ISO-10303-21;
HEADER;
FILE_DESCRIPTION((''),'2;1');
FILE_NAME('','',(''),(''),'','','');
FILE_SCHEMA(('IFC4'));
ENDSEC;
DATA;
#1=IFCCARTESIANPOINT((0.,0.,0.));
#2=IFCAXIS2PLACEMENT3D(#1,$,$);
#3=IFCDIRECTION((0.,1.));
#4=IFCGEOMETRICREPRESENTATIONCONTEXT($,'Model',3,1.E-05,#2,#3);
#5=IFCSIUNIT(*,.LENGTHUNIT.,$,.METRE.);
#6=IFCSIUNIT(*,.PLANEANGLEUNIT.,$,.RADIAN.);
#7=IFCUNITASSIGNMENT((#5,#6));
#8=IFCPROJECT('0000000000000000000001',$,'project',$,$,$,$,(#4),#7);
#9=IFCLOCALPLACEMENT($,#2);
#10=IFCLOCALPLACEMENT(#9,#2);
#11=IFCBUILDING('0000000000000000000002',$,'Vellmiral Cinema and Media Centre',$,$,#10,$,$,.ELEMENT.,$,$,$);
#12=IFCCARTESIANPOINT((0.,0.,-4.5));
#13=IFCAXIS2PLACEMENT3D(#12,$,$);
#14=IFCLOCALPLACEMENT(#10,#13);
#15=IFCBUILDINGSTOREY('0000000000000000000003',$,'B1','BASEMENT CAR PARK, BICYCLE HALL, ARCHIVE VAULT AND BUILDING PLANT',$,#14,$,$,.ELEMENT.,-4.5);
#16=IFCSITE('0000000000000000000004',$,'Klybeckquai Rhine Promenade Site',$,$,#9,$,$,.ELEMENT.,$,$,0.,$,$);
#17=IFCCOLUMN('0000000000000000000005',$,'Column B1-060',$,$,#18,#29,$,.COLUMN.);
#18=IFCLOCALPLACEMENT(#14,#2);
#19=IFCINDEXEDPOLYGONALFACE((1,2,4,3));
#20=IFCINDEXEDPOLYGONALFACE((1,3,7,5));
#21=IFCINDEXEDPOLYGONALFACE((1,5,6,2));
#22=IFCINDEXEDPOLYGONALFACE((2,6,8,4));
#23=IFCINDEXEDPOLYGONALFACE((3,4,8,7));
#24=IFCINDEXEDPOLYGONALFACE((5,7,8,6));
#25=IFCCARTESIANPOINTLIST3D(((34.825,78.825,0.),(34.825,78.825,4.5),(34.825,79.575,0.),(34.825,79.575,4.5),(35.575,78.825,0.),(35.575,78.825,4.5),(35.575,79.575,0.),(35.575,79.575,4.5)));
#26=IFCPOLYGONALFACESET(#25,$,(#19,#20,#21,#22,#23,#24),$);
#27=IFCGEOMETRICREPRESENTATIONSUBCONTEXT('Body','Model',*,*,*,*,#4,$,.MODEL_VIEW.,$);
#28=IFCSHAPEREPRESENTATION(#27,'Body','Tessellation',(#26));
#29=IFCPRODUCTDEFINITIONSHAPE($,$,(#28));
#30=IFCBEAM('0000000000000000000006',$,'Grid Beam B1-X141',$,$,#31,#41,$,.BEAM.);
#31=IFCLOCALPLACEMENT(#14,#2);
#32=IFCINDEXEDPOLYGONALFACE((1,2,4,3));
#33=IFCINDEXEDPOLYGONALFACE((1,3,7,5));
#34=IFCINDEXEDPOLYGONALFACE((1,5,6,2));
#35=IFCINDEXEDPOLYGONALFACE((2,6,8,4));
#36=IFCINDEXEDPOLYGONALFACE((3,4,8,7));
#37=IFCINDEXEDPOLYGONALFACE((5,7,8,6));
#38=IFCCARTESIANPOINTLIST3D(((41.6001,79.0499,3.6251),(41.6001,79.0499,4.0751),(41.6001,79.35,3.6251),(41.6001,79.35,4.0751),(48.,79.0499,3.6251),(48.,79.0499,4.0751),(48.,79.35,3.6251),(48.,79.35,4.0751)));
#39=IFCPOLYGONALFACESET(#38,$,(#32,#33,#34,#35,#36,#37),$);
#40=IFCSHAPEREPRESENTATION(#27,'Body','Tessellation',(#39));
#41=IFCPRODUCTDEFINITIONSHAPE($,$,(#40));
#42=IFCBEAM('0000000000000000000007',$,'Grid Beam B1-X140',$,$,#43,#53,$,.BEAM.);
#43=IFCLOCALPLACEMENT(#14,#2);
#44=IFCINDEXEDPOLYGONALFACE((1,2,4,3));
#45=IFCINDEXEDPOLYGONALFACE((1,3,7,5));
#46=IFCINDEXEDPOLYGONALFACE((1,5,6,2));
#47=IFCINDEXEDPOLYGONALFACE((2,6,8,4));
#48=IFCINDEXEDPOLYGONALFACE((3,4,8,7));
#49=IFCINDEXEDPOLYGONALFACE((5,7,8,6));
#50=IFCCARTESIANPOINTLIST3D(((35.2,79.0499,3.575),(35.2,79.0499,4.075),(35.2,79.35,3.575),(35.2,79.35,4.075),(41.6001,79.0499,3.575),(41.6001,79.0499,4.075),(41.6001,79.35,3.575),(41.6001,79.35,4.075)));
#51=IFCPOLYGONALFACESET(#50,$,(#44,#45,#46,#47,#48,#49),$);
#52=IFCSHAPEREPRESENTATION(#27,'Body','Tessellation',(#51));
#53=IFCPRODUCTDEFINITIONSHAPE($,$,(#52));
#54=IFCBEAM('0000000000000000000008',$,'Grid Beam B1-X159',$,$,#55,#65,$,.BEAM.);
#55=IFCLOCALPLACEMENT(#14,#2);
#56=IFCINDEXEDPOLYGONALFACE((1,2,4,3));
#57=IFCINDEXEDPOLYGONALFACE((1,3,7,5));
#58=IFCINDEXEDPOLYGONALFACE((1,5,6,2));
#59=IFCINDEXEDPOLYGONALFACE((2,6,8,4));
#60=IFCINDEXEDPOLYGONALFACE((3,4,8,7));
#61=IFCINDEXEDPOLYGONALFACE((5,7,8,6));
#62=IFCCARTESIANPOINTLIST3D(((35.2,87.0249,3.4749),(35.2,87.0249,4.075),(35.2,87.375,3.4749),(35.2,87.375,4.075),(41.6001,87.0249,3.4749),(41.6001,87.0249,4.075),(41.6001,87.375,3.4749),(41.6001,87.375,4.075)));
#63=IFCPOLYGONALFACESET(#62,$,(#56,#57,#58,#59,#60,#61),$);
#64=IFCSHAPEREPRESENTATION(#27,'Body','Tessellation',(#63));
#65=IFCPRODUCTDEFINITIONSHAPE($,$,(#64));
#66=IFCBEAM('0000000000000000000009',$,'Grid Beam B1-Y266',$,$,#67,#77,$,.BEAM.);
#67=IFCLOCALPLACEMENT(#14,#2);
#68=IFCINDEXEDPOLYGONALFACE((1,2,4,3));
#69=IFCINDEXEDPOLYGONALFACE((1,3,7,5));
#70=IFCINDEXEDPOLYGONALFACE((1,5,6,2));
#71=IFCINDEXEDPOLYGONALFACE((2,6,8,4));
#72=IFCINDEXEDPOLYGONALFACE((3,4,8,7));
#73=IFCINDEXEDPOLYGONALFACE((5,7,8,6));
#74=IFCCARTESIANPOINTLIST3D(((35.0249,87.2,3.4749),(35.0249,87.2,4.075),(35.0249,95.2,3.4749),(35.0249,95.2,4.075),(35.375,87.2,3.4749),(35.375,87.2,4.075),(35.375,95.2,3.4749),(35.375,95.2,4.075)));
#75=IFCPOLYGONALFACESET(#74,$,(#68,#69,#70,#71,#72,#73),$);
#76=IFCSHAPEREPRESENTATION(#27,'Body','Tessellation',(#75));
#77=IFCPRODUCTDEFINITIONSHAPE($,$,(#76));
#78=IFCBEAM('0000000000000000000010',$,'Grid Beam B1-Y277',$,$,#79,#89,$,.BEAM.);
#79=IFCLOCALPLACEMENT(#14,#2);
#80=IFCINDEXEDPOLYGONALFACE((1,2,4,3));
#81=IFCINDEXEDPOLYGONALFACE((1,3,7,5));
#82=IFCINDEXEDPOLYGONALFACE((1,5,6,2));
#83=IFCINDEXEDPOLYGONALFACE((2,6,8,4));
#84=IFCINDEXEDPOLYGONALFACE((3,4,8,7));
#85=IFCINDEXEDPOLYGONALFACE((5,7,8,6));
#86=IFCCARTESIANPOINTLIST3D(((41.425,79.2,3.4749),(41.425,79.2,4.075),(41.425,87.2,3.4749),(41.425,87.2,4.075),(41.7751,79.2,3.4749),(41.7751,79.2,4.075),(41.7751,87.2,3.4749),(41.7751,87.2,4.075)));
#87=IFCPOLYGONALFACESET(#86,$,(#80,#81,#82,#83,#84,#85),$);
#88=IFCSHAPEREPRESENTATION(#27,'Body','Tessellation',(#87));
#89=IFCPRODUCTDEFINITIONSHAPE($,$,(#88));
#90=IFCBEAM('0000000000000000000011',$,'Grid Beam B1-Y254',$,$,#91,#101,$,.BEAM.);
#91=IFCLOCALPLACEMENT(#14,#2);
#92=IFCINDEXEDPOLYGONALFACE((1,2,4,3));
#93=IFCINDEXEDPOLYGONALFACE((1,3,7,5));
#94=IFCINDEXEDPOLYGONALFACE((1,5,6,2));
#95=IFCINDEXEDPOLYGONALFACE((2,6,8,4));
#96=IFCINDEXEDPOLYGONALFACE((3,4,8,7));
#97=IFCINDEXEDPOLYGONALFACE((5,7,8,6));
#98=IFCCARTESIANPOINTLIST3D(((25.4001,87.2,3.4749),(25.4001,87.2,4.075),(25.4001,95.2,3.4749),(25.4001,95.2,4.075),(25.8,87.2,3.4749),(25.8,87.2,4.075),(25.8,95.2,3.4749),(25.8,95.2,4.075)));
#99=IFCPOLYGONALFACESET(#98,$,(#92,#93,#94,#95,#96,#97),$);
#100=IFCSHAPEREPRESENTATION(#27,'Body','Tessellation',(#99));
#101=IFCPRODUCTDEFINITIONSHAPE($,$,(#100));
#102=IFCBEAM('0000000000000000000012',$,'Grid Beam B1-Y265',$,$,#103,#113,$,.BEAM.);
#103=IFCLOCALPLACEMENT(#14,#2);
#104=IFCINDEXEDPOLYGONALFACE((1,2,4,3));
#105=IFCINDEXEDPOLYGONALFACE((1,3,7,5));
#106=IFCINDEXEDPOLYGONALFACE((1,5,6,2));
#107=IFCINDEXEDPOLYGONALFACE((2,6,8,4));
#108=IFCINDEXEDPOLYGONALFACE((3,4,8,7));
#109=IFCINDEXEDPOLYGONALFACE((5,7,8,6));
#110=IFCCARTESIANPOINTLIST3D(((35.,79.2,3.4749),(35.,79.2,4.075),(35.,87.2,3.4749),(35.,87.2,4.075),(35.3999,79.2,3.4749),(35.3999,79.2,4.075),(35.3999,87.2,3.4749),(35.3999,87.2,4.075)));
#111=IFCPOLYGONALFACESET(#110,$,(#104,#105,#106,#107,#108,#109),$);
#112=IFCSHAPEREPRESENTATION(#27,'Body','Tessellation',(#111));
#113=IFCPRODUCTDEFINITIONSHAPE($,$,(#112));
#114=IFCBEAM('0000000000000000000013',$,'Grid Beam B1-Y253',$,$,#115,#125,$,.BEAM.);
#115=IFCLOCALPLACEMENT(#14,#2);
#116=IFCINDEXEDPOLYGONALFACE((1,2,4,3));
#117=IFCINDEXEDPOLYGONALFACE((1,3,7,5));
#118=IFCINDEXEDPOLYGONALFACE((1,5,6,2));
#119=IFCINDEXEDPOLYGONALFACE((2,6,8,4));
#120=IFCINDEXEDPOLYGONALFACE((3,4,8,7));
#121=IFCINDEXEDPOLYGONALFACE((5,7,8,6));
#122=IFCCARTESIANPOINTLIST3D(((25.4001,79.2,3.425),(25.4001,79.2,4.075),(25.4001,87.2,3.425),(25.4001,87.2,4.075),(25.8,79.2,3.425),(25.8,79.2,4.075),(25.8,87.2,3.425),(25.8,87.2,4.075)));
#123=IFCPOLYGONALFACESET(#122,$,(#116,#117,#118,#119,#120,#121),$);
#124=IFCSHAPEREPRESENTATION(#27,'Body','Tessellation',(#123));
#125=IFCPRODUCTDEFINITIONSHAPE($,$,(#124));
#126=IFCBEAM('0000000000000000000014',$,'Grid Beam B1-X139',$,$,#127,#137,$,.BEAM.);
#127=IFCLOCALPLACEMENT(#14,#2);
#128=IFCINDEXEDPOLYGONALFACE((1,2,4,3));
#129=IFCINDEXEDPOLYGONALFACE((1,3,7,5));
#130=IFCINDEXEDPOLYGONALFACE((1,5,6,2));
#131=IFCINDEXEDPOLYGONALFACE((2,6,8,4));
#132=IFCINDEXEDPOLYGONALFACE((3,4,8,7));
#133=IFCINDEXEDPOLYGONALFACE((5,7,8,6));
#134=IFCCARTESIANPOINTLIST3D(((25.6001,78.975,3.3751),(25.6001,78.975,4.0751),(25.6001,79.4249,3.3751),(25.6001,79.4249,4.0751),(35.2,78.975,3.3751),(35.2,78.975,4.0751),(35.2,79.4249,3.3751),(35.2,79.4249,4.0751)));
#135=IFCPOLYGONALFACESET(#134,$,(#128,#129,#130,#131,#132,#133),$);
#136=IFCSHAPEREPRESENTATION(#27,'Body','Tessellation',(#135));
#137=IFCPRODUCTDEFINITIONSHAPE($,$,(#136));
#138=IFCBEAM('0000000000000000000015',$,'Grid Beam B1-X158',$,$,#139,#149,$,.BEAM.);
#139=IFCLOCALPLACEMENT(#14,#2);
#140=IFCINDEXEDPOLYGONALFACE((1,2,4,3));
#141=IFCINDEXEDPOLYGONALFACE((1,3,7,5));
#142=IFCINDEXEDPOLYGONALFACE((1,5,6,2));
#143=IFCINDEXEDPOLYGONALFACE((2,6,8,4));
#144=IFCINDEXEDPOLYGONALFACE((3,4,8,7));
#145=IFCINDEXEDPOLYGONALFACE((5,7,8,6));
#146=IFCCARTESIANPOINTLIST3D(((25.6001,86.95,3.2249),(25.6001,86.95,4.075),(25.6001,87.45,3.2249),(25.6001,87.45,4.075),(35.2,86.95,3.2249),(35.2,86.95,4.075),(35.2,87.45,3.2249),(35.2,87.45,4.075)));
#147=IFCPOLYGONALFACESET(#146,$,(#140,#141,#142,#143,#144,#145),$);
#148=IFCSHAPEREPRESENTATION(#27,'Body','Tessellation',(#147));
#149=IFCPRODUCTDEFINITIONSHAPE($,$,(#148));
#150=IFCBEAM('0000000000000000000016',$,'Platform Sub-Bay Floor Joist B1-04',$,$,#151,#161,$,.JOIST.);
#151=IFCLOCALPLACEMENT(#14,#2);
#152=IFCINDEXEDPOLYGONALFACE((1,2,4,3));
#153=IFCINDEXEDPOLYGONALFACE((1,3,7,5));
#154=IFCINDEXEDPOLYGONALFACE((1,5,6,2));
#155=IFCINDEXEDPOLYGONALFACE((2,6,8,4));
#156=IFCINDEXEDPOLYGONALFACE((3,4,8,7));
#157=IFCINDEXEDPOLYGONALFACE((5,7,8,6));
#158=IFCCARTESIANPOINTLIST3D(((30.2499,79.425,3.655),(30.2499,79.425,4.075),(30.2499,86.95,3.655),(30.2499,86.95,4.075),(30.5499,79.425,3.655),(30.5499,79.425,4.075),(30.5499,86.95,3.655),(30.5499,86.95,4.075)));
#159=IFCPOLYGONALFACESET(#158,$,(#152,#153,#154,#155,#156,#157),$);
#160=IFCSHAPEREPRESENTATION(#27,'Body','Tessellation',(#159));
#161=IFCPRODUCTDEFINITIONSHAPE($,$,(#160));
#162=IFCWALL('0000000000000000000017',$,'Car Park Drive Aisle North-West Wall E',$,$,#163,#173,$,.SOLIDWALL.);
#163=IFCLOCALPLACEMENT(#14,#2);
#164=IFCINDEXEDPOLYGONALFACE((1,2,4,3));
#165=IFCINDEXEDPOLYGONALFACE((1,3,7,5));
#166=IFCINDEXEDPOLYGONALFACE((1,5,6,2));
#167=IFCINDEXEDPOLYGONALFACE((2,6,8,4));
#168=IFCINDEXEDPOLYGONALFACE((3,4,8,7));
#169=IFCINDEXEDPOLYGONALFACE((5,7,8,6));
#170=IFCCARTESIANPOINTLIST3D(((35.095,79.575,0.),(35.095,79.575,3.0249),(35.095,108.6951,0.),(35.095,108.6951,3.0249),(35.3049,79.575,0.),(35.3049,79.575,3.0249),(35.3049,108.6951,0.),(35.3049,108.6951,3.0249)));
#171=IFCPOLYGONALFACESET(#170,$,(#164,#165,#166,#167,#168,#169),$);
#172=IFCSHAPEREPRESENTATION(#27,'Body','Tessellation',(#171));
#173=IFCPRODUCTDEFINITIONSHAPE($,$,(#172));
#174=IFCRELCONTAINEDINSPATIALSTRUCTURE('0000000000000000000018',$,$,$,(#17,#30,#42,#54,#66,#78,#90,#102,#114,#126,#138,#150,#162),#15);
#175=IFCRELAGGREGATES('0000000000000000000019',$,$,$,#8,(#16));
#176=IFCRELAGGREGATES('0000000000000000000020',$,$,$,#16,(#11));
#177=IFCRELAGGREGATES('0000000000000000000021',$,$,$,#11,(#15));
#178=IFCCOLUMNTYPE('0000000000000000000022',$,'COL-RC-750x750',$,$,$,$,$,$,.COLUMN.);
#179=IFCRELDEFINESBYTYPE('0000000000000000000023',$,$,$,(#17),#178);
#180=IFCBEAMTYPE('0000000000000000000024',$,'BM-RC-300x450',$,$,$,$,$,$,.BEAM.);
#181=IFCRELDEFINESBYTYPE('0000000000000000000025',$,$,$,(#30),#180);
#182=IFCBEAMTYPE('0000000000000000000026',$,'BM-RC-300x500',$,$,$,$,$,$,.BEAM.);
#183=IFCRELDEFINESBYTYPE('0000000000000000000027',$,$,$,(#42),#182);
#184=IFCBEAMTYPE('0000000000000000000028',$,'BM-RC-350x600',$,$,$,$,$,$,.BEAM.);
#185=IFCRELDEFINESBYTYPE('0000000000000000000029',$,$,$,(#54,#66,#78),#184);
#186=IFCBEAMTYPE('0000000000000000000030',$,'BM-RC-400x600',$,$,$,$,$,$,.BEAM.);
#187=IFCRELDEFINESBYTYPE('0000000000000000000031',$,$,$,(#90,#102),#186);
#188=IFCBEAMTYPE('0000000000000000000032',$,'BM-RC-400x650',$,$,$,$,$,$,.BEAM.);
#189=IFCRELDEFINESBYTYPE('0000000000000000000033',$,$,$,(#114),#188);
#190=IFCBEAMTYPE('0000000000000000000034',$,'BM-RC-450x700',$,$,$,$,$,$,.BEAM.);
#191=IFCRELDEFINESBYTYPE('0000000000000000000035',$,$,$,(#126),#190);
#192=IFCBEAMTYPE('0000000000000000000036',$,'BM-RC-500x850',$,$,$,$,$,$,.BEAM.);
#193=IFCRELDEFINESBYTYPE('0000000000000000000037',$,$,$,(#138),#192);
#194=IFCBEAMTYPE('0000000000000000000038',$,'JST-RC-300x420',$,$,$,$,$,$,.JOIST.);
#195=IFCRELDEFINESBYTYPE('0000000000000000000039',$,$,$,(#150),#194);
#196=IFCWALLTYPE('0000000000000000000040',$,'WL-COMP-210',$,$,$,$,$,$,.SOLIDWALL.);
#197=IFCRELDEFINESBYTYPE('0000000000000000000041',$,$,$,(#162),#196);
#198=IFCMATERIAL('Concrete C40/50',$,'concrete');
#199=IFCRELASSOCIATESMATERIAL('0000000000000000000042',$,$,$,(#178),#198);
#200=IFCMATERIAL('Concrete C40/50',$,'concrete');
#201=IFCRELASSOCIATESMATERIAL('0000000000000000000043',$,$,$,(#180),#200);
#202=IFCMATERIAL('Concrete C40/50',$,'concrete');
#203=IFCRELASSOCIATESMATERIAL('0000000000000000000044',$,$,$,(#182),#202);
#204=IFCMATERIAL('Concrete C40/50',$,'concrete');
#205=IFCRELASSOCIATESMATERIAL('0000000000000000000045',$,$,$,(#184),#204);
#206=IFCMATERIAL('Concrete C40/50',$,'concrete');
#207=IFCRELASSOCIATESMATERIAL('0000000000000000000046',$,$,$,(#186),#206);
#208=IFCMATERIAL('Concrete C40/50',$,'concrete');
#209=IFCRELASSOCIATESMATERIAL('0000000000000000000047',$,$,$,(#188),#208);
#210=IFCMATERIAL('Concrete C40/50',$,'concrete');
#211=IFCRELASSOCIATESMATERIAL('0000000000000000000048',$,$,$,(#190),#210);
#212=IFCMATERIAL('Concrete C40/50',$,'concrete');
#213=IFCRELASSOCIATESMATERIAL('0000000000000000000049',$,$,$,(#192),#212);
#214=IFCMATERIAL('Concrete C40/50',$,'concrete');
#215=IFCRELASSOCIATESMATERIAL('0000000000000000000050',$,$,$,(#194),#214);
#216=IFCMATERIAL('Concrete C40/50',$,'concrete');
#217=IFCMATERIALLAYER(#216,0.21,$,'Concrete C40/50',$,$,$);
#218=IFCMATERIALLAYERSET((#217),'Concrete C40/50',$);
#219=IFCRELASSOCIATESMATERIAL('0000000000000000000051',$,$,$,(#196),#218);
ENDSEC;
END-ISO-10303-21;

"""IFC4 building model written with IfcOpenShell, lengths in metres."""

from ifc_helpers import new_model, si_unit, direction, frame, frame_2d, origin, origin_2d, place, context, subcontext, project, spatial, rectangle, extrude, material, layer, layer_set, material_profile, profile_set, type_object, element, save


model = new_model("IFC4")

# Units and contexts
model_context = context("Model", 3, precision=1e-05, world=origin(), true_north=direction((0.0, 1.0)))
body_context = subcontext(model_context, "Body", "Model", "MODEL_VIEW")
ifc_project = project(units=[si_unit("LENGTHUNIT", "METRE"), si_unit("PLANEANGLEUNIT", "RADIAN")], contexts=[model_context])

# Site, building, storey
site_placement = place(None, origin())
site = spatial("IfcSite", under=ifc_project, at=site_placement, Name="Klybeckquai Rhine Promenade Site", CompositionType="ELEMENT", RefElevation=0.0)
building_placement = place(site_placement, origin())
building = spatial("IfcBuilding", under=site, at=building_placement, Name="Vellmiral Cinema and Media Centre", CompositionType="ELEMENT")
storey_placement = place(building_placement, frame((0.0, 0.0, -4.5)))
storey = spatial("IfcBuildingStorey", under=building, at=storey_placement, Name="B1", Description="BASEMENT CAR PARK, BICYCLE HALL, ARCHIVE VAULT AND BUILDING PLANT", CompositionType="ELEMENT", Elevation=-4.5)

# Column
ifc_material_1 = material(Name="Concrete C40/50", Category="concrete")
ifc_material_profile_1 = material_profile(ifc_material_1, rectangle(XDim=0.75, YDim=0.75, at=origin_2d()), Name="RC 750x750")
ifc_profile_set_1 = profile_set([ifc_material_profile_1], Name="Concrete C40/50")
column_type_1 = type_object("IfcColumnType", Name="COL-RC-750x750", PredefinedType="COLUMN", material=ifc_profile_set_1)
column_placement = place(storey_placement, frame((35.2, 79.2, 0.0), z_axis=(0.0, 0.0, 1.0), x_axis=(1.0, 0.0, 0.0)))
element("IfcColumn", 1, at=column_placement, inside=storey, type_object=column_type_1, Name="Column B1-060", PredefinedType="COLUMN", context=body_context, shape_type="SweptSolid", body=[
    extrude(rectangle(XDim=0.75, YDim=0.75, at=origin_2d()), origin(), (0.0, 0.0, 1.0), 4.5),
])

# Beams
ifc_material_2 = material(Name="Concrete C40/50", Category="concrete")
ifc_material_profile_2 = material_profile(ifc_material_2, rectangle(XDim=0.3, YDim=0.45, at=origin_2d()), Name="RC 300x450")
ifc_profile_set_2 = profile_set([ifc_material_profile_2], Name="Concrete C40/50")
beam_type_1 = type_object("IfcBeamType", Name="BM-RC-300x450", PredefinedType="BEAM", material=ifc_profile_set_2)
beam_1_placement = place(storey_placement, frame((41.6001, 79.2, 3.8501), z_axis=(1.0, 0.0, 0.0), x_axis=(0.0, 1.0, 0.0)))
element("IfcBeam", 2, at=beam_1_placement, inside=storey, type_object=beam_type_1, Name="Grid Beam B1-X141", PredefinedType="BEAM", context=body_context, shape_type="SweptSolid", body=[
    extrude(rectangle(XDim=0.3, YDim=0.45, at=origin_2d()), origin(), (0.0, 0.0, 1.0), 6.3999),
])
ifc_material_3 = material(Name="Concrete C40/50", Category="concrete")
ifc_material_profile_3 = material_profile(ifc_material_3, rectangle(XDim=0.3, YDim=0.5, at=origin_2d()), Name="RC 300x500")
ifc_profile_set_3 = profile_set([ifc_material_profile_3], Name="Concrete C40/50")
beam_type_2 = type_object("IfcBeamType", Name="BM-RC-300x500", PredefinedType="BEAM", material=ifc_profile_set_3)
beam_2_placement = place(storey_placement, frame((35.2, 79.2, 3.825), z_axis=(1.0, 0.0, 0.0), x_axis=(0.0, 1.0, 0.0)))
element("IfcBeam", 3, at=beam_2_placement, inside=storey, type_object=beam_type_2, Name="Grid Beam B1-X140", PredefinedType="BEAM", context=body_context, shape_type="SweptSolid", body=[
    extrude(rectangle(XDim=0.3, YDim=0.5, at=origin_2d()), origin(), (0.0, 0.0, 1.0), 6.4001),
])
ifc_material_4 = material(Name="Concrete C40/50", Category="concrete")
ifc_material_profile_4 = material_profile(ifc_material_4, rectangle(XDim=0.3501, YDim=0.6001, at=origin_2d()), Name="RC 350x600")
ifc_profile_set_4 = profile_set([ifc_material_profile_4], Name="Concrete C40/50")
beam_type_3 = type_object("IfcBeamType", Name="BM-RC-350x600", PredefinedType="BEAM", material=ifc_profile_set_4)
beam_3_placement = place(storey_placement, frame((35.2, 87.2, 3.7749), z_axis=(1.0, 0.0, 0.0), x_axis=(0.0, 1.0, 0.0)))
element("IfcBeam", 4, at=beam_3_placement, inside=storey, type_object=beam_type_3, Name="Grid Beam B1-X159", PredefinedType="BEAM", context=body_context, shape_type="SweptSolid", body=[
    extrude(rectangle(XDim=0.3501, YDim=0.6001, at=origin_2d()), origin(), (0.0, 0.0, 1.0), 6.4001),
])
for number, where, z_axis, x_axis, name in (
    (5, (35.2, 87.2, 3.7749), (0.0, 1.0, 0.0), (-1.0, 0.0, 0.0), "Grid Beam B1-Y266"),
    (6, (41.6001, 79.2, 3.7749), (0.0, 1.0, 0.0), (-1.0, 0.0, 0.0), "Grid Beam B1-Y277"),
):
    element("IfcBeam", number, at=place(storey_placement, frame(where, z_axis=z_axis, x_axis=x_axis)), inside=storey, type_object=beam_type_3, Name=name, PredefinedType="BEAM", context=body_context, shape_type="SweptSolid", body=[
        extrude(rectangle(XDim=0.3501, YDim=0.6001, at=origin_2d()), origin(), (0.0, 0.0, 1.0), 8.0),
    ])
ifc_material_5 = material(Name="Concrete C40/50", Category="concrete")
ifc_material_profile_5 = material_profile(ifc_material_5, rectangle(XDim=0.3999, YDim=0.6001, at=origin_2d()), Name="RC 400x600")
ifc_profile_set_5 = profile_set([ifc_material_profile_5], Name="Concrete C40/50")
beam_type_4 = type_object("IfcBeamType", Name="BM-RC-400x600", PredefinedType="BEAM", material=ifc_profile_set_5)
for number, where, z_axis, x_axis, name in (
    (7, (25.6001, 87.2, 3.7749), (0.0, 1.0, 0.0), (-1.0, 0.0, 0.0), "Grid Beam B1-Y254"),
    (8, (35.2, 79.2, 3.7749), (0.0, 1.0, 0.0), (-1.0, 0.0, 0.0), "Grid Beam B1-Y265"),
):
    element("IfcBeam", number, at=place(storey_placement, frame(where, z_axis=z_axis, x_axis=x_axis)), inside=storey, type_object=beam_type_4, Name=name, PredefinedType="BEAM", context=body_context, shape_type="SweptSolid", body=[
        extrude(rectangle(XDim=0.3999, YDim=0.6001, at=origin_2d()), origin(), (0.0, 0.0, 1.0), 8.0),
    ])
ifc_material_6 = material(Name="Concrete C40/50", Category="concrete")
ifc_material_profile_6 = material_profile(ifc_material_6, rectangle(XDim=0.3999, YDim=0.6499, at=origin_2d()), Name="RC 400x650")
ifc_profile_set_6 = profile_set([ifc_material_profile_6], Name="Concrete C40/50")
beam_type_5 = type_object("IfcBeamType", Name="BM-RC-400x650", PredefinedType="BEAM", material=ifc_profile_set_6)
beam_4_placement = place(storey_placement, frame((25.6001, 79.2, 3.75), z_axis=(0.0, 1.0, 0.0), x_axis=(-1.0, 0.0, 0.0)))
element("IfcBeam", 9, at=beam_4_placement, inside=storey, type_object=beam_type_5, Name="Grid Beam B1-Y253", PredefinedType="BEAM", context=body_context, shape_type="SweptSolid", body=[
    extrude(rectangle(XDim=0.3999, YDim=0.6499, at=origin_2d()), origin(), (0.0, 0.0, 1.0), 8.0),
])
ifc_material_7 = material(Name="Concrete C40/50", Category="concrete")
ifc_material_profile_7 = material_profile(ifc_material_7, rectangle(XDim=0.45, YDim=0.7, at=origin_2d()), Name="RC 450x700")
ifc_profile_set_7 = profile_set([ifc_material_profile_7], Name="Concrete C40/50")
beam_type_6 = type_object("IfcBeamType", Name="BM-RC-450x700", PredefinedType="BEAM", material=ifc_profile_set_7)
beam_5_placement = place(storey_placement, frame((25.6001, 79.2, 3.7251), z_axis=(1.0, 0.0, 0.0), x_axis=(0.0, 1.0, 0.0)))
element("IfcBeam", 10, at=beam_5_placement, inside=storey, type_object=beam_type_6, Name="Grid Beam B1-X139", PredefinedType="BEAM", context=body_context, shape_type="SweptSolid", body=[
    extrude(rectangle(XDim=0.45, YDim=0.7, at=origin_2d()), origin(), (0.0, 0.0, 1.0), 9.5999),
])
ifc_material_8 = material(Name="Concrete C40/50", Category="concrete")
ifc_material_profile_8 = material_profile(ifc_material_8, rectangle(XDim=0.5, YDim=0.8501, at=origin_2d()), Name="RC 500x850")
ifc_profile_set_8 = profile_set([ifc_material_profile_8], Name="Concrete C40/50")
beam_type_7 = type_object("IfcBeamType", Name="BM-RC-500x850", PredefinedType="BEAM", material=ifc_profile_set_8)
beam_6_placement = place(storey_placement, frame((25.6001, 87.2, 3.6499), z_axis=(1.0, 0.0, 0.0), x_axis=(0.0, 1.0, 0.0)))
element("IfcBeam", 11, at=beam_6_placement, inside=storey, type_object=beam_type_7, Name="Grid Beam B1-X158", PredefinedType="BEAM", context=body_context, shape_type="SweptSolid", body=[
    extrude(rectangle(XDim=0.5, YDim=0.8501, at=origin_2d()), origin(), (0.0, 0.0, 1.0), 9.5999),
])
ifc_material_9 = material(Name="Concrete C40/50", Category="concrete")
ifc_material_profile_9 = material_profile(ifc_material_9, rectangle(XDim=0.3, YDim=0.4199, at=origin_2d()), Name="RC 300x420")
ifc_profile_set_9 = profile_set([ifc_material_profile_9], Name="Concrete C40/50")
beam_type_8 = type_object("IfcBeamType", Name="JST-RC-300x420", PredefinedType="JOIST", material=ifc_profile_set_9)
beam_7_placement = place(storey_placement, frame((30.3999, 79.425, 3.865), z_axis=(0.0, 1.0, 0.0), x_axis=(-1.0, 0.0, 0.0)))
element("IfcBeam", 12, at=beam_7_placement, inside=storey, type_object=beam_type_8, Name="Platform Sub-Bay Floor Joist B1-04", PredefinedType="JOIST", context=body_context, shape_type="SweptSolid", body=[
    extrude(rectangle(XDim=0.3, YDim=0.4199, at=origin_2d()), origin(), (0.0, 0.0, 1.0), 7.5249),
])

# Wall
ifc_material_10 = material(Name="Concrete C40/50", Category="concrete")
ifc_layer_1 = layer(ifc_material_10, 0.21, Name="Concrete C40/50")
ifc_layer_set_1 = layer_set([ifc_layer_1], Name="Concrete C40/50")
wall_type_1 = type_object("IfcWallType", Name="WL-COMP-210", PredefinedType="SOLIDWALL", material=ifc_layer_set_1)
wall_1_placement = place(storey_placement, frame((35.2, 79.575, 0.0), z_axis=(0.0, 0.0, 1.0), x_axis=(0.0, 1.0, 0.0)))
element("IfcWall", 13, at=wall_1_placement, inside=storey, type_object=wall_type_1, Name="Car Park Drive Aisle North-West Wall E", PredefinedType="SOLIDWALL", context=body_context, shape_type="SweptSolid", body=[
    extrude(rectangle(XDim=29.1201, YDim=0.21, at=frame_2d((14.5601, 0.0))), origin(), (0.0, 0.0, 1.0), 3.0249),
])

save(model, "model.ifc")
